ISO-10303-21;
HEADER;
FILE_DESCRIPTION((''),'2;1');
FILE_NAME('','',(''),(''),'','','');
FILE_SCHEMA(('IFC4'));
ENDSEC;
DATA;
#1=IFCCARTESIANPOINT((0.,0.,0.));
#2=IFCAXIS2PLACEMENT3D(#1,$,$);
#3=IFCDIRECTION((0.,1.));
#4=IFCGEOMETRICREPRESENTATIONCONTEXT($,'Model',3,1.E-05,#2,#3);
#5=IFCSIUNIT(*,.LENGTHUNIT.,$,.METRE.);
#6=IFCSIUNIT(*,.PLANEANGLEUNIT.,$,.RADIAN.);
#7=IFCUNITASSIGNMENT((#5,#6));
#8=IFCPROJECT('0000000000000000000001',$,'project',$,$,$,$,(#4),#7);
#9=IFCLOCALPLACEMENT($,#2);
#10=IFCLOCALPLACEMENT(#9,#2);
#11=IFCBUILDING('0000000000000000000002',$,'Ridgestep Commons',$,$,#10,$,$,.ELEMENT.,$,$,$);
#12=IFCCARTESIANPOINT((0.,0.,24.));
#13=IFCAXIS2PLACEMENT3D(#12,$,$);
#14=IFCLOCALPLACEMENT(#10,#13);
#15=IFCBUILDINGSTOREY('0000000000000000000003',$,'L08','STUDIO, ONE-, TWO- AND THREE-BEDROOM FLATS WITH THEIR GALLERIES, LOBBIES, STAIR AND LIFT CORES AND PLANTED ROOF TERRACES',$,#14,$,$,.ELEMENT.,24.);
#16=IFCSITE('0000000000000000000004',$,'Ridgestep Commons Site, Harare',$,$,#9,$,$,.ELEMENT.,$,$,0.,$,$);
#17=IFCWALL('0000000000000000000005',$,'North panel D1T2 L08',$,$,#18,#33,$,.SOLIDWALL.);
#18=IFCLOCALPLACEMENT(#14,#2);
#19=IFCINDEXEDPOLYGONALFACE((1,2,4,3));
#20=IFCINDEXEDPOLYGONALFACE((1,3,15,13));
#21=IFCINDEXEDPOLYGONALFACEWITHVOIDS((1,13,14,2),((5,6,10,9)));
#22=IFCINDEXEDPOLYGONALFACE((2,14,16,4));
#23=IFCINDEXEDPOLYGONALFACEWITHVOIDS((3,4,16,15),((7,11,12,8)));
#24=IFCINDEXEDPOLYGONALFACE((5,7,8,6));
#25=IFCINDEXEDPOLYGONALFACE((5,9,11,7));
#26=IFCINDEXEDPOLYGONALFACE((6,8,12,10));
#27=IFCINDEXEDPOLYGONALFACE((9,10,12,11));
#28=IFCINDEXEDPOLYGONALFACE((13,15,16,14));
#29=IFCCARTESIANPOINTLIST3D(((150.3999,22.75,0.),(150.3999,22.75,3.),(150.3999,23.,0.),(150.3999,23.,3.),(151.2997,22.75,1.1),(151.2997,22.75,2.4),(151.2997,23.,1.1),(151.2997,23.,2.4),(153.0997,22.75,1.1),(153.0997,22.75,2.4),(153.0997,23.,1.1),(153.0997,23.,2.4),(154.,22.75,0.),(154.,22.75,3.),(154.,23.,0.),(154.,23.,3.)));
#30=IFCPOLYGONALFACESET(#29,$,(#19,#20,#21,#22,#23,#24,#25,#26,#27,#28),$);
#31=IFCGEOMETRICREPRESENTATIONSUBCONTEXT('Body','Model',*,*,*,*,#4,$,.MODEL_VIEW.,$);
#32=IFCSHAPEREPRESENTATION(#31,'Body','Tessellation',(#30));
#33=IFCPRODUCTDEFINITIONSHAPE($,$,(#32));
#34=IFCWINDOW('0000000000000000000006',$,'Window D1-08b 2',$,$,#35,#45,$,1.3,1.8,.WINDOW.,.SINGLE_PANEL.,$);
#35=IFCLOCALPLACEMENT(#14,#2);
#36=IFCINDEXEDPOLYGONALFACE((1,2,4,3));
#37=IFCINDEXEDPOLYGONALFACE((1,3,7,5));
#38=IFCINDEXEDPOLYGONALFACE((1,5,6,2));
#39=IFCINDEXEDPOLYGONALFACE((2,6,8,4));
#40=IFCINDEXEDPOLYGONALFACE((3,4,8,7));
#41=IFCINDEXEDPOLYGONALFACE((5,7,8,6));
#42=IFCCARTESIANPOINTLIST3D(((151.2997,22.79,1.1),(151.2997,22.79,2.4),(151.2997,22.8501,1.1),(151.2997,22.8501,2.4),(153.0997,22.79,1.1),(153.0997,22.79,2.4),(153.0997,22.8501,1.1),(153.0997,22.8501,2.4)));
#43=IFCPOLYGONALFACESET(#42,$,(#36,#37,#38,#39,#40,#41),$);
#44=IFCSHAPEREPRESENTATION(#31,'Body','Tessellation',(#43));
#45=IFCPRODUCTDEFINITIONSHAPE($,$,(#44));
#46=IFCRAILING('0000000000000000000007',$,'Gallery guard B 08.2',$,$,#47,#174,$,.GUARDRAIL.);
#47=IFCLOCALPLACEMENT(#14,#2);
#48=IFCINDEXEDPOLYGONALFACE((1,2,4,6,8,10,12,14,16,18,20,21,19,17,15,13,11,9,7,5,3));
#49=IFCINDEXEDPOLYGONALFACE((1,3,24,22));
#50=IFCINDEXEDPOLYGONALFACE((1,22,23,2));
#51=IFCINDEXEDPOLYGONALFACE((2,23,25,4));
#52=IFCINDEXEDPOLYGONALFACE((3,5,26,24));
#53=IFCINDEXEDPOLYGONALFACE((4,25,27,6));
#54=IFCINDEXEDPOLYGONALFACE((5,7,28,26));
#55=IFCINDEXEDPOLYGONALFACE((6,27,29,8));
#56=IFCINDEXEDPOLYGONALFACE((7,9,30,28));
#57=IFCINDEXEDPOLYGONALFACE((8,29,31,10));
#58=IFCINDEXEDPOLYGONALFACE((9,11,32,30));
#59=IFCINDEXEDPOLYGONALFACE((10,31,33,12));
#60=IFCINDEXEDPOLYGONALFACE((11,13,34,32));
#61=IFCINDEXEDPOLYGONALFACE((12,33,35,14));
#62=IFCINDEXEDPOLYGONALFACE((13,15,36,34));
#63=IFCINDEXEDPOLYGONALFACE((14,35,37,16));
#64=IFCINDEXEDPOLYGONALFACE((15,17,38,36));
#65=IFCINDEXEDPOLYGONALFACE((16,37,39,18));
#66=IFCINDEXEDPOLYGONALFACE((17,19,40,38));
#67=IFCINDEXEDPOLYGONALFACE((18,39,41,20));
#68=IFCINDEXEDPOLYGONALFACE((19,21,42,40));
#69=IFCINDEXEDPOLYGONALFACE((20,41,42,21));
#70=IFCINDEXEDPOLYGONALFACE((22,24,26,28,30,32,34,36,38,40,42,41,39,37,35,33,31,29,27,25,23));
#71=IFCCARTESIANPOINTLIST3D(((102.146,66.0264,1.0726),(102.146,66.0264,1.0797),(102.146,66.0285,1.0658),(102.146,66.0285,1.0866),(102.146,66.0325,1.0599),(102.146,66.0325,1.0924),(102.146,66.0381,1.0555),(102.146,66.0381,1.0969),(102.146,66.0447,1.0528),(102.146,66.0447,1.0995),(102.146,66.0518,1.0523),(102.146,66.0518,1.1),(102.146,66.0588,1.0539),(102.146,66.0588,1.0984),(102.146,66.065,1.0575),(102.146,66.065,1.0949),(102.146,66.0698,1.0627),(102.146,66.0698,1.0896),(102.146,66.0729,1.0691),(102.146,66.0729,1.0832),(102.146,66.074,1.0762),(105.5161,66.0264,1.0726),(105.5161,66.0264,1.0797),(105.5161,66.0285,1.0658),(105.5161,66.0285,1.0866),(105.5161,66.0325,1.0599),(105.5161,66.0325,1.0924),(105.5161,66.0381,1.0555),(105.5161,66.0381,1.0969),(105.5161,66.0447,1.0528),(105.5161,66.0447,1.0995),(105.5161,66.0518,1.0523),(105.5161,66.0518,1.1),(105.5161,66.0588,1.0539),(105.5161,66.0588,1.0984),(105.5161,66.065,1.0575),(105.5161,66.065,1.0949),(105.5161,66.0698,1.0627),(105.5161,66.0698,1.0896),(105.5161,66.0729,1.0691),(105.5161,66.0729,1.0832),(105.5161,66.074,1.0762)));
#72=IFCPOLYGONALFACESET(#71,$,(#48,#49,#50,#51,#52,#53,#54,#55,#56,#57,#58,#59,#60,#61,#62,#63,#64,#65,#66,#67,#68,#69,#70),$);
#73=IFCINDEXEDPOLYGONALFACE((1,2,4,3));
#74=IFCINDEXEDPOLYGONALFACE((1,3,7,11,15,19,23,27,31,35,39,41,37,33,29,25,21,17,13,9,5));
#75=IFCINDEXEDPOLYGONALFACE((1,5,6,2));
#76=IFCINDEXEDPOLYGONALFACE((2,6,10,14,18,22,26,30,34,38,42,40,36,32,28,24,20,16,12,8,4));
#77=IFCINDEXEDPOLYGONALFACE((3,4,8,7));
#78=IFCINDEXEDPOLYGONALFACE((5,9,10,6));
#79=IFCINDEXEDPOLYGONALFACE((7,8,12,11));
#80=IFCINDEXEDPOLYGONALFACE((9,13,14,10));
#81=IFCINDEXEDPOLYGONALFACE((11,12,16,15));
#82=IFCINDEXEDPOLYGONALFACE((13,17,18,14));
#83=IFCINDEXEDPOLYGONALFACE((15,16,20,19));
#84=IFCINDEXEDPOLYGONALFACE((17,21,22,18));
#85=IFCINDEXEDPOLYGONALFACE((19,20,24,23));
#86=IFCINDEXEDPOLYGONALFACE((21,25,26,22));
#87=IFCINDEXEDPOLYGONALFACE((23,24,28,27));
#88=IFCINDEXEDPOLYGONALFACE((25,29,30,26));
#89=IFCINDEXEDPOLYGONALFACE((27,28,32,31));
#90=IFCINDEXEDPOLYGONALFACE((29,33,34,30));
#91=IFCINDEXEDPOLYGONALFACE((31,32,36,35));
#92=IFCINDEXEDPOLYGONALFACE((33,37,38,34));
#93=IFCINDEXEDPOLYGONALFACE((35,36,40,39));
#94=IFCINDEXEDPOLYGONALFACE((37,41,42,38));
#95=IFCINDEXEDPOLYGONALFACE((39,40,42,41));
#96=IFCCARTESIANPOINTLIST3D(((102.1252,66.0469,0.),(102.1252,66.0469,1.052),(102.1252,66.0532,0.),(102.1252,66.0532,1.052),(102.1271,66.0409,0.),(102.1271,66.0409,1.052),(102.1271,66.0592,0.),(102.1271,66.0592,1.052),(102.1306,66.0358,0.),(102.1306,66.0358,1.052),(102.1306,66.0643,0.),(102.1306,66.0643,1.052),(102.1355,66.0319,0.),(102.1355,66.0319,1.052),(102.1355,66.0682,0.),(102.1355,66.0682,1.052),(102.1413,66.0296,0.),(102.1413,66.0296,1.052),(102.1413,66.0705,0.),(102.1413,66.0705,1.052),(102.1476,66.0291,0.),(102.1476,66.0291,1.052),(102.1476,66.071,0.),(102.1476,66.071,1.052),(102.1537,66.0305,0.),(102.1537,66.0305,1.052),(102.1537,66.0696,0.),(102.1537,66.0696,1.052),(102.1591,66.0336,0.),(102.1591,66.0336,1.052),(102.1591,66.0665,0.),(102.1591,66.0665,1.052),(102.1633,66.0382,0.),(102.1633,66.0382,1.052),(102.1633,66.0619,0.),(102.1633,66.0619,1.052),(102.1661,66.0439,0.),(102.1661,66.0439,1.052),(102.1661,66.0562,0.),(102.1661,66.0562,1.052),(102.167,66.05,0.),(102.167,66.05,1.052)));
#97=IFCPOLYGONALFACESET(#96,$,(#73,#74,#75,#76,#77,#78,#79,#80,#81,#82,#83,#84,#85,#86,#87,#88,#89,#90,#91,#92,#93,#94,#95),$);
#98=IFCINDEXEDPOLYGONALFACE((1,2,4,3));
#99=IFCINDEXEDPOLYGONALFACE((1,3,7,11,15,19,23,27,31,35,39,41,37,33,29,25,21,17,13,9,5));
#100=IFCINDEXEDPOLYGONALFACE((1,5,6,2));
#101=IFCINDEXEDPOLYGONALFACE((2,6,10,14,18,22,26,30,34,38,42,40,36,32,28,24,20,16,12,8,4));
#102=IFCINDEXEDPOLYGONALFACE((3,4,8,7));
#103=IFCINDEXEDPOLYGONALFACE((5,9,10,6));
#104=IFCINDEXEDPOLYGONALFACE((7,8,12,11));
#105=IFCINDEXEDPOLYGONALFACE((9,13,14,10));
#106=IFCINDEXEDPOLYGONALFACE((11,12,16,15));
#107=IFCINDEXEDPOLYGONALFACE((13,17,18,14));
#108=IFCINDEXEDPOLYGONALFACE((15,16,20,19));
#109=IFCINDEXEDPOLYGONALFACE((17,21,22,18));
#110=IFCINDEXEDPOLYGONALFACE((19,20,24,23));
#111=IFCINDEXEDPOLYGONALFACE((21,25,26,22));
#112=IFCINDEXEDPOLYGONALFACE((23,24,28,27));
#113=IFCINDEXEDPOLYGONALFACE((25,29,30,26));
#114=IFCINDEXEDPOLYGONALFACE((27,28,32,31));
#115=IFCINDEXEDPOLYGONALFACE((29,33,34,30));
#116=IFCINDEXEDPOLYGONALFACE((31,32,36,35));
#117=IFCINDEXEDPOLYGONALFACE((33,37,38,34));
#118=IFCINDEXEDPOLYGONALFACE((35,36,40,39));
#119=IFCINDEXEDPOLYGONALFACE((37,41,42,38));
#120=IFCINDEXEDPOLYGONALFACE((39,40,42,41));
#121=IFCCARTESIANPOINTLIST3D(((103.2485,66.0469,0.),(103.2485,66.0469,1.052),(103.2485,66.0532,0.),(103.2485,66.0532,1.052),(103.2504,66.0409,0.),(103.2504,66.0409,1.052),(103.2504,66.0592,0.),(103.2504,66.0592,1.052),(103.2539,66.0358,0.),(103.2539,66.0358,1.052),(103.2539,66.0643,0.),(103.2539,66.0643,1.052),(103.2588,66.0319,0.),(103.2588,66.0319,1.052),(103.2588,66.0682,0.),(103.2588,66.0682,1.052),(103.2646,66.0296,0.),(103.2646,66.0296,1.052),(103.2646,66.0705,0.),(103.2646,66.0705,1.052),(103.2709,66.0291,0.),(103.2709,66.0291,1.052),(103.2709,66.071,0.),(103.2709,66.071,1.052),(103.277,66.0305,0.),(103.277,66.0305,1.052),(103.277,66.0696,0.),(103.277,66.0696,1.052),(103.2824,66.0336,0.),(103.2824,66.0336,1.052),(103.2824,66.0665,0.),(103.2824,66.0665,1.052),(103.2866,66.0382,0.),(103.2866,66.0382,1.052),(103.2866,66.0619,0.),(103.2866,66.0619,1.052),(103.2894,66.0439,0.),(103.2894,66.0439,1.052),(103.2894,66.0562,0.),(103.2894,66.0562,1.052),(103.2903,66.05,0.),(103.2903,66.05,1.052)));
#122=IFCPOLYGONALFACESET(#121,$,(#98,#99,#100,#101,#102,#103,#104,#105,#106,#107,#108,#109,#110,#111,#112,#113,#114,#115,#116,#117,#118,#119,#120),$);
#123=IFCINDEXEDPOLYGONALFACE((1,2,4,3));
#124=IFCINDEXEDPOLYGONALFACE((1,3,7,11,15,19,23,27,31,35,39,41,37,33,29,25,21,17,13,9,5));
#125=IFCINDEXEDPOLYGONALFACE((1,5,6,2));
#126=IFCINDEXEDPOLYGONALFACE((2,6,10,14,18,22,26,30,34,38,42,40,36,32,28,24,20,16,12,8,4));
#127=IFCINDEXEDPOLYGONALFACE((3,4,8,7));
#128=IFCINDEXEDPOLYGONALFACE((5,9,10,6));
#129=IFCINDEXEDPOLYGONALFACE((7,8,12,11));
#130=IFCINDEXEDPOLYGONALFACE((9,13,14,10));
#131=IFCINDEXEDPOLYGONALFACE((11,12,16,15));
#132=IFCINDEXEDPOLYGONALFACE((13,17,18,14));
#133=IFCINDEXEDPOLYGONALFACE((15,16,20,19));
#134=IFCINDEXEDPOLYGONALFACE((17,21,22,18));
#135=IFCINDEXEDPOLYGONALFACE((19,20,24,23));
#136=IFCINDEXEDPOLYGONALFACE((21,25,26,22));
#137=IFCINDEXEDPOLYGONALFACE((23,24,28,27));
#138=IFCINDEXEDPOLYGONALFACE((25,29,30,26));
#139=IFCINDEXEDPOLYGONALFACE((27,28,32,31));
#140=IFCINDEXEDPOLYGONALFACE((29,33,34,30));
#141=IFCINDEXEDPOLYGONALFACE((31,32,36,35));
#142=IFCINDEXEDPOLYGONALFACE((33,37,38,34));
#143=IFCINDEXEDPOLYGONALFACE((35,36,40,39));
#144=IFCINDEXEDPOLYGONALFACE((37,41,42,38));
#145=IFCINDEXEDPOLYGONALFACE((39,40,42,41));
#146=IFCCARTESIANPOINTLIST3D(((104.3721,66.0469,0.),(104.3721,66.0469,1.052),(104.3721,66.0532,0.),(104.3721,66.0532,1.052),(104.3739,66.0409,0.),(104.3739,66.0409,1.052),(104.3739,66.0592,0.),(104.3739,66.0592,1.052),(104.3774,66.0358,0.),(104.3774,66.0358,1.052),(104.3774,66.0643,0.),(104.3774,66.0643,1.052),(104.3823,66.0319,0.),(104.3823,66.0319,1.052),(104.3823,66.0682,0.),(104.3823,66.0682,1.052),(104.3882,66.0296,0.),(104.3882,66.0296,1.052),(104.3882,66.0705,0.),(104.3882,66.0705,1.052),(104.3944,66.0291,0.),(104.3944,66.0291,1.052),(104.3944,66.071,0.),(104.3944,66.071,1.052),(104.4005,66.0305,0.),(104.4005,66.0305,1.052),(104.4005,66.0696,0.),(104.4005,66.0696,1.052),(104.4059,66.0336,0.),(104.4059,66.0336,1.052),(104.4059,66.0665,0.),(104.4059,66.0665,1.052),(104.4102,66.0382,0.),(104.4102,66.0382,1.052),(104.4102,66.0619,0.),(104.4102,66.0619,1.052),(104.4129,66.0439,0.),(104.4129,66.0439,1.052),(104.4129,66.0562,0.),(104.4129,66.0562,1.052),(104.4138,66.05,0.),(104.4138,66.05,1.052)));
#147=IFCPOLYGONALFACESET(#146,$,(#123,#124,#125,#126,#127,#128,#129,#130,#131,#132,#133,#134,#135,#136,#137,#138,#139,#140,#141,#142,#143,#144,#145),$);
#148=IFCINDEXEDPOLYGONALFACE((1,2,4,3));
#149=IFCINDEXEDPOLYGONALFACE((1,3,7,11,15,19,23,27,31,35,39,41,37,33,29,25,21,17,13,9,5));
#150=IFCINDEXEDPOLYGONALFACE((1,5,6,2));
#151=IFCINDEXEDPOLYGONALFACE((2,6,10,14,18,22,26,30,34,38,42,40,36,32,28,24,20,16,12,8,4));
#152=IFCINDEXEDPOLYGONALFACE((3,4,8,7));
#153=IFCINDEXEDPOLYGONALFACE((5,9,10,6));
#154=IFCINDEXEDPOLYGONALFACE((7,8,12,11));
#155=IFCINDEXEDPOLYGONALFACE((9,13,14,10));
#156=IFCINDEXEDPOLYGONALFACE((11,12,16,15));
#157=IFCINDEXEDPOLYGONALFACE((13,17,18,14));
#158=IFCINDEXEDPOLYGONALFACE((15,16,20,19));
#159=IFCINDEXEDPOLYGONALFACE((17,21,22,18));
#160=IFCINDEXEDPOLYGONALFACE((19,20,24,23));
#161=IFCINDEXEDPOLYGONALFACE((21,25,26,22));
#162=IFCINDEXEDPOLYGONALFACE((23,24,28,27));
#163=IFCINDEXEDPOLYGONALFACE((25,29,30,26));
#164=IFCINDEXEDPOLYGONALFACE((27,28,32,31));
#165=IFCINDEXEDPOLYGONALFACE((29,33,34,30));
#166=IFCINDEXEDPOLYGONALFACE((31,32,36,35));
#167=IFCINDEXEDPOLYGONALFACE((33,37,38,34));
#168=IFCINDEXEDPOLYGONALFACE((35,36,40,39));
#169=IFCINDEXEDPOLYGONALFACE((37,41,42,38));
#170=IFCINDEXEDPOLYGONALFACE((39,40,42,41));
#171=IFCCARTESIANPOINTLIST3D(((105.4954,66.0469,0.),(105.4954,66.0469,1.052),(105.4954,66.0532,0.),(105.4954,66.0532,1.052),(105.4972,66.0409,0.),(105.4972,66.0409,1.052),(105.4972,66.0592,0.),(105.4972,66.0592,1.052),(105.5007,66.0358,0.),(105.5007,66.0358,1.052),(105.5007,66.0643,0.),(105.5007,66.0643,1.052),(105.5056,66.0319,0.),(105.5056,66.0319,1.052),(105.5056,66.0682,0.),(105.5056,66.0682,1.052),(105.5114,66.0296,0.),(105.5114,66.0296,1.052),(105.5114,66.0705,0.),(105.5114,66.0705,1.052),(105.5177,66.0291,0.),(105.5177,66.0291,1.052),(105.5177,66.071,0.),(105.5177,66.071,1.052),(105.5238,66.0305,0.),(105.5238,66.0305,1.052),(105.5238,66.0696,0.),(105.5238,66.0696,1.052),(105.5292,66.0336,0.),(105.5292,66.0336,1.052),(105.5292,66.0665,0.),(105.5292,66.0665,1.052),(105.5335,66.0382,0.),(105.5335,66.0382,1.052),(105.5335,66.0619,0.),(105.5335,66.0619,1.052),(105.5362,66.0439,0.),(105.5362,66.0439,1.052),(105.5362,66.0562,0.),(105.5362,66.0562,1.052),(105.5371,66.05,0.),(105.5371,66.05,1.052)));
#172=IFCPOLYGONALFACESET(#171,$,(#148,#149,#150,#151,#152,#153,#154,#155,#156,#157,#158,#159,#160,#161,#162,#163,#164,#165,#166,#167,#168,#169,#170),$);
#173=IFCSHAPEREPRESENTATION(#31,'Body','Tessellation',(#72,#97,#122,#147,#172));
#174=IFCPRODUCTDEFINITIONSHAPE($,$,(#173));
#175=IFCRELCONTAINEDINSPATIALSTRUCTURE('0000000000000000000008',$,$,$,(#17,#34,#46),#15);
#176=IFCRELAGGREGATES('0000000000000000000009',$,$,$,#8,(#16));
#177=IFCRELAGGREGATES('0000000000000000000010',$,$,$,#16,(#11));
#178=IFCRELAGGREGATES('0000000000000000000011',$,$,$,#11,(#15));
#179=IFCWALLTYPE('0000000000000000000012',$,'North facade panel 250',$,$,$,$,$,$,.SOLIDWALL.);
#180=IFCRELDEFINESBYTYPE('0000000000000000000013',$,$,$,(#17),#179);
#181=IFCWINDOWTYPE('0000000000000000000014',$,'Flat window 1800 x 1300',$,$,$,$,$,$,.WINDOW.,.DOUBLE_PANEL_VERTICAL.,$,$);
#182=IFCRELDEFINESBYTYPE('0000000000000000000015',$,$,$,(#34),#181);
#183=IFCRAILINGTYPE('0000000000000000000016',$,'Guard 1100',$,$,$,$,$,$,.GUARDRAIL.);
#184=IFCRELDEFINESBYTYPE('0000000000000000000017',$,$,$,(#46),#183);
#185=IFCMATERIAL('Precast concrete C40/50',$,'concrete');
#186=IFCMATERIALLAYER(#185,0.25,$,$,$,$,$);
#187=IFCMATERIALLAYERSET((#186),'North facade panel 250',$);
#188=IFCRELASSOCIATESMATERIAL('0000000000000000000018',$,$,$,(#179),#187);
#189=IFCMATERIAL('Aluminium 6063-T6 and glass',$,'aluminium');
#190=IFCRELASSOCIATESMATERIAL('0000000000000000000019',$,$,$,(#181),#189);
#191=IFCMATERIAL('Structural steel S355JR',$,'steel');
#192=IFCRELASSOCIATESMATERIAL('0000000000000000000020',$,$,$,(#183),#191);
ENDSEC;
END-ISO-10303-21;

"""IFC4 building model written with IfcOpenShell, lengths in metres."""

from ifc_helpers import new_model, si_unit, direction, frame, frame_2d, origin, origin_2d, place, context, subcontext, project, spatial, rectangle, circle, extrude, material, layer, layer_set, type_object, element, fill, save


model = new_model("IFC4")

# Units and contexts
model_context = context("Model", 3, precision=1e-05, world=origin(), true_north=direction((0.0, 1.0)))
body_context = subcontext(model_context, "Body", "Model", "MODEL_VIEW")
ifc_project = project(units=[si_unit("LENGTHUNIT", "METRE"), si_unit("PLANEANGLEUNIT", "RADIAN")], contexts=[model_context])

# Site, building, storey
site_placement = place(None, origin())
site = spatial("IfcSite", under=ifc_project, at=site_placement, Name="Ridgestep Commons Site, Harare", CompositionType="ELEMENT", RefElevation=0.0)
building_placement = place(site_placement, origin())
building = spatial("IfcBuilding", under=site, at=building_placement, Name="Ridgestep Commons", CompositionType="ELEMENT")
storey_placement = place(building_placement, frame((0.0, 0.0, 24.0)))
storey = spatial("IfcBuildingStorey", under=building, at=storey_placement, Name="L08", Description="STUDIO, ONE-, TWO- AND THREE-BEDROOM FLATS WITH THEIR GALLERIES, LOBBIES, STAIR AND LIFT CORES AND PLANTED ROOF TERRACES", CompositionType="ELEMENT", Elevation=24.0)

# Shared definitions
ifc_material_1 = material(Name="Precast concrete C40/50", Category="concrete")
ifc_layer = layer(ifc_material_1, 0.25)
ifc_layer_set = layer_set([ifc_layer], Name="North facade panel 250")
wall_type = type_object("IfcWallType", Name="North facade panel 250", PredefinedType="SOLIDWALL", material=ifc_layer_set)

# Wall, opening, window
ifc_material_2 = material(Name="Aluminium 6063-T6 and glass", Category="aluminium")
window_type_1 = type_object("IfcWindowType", Name="Flat window 1800 x 1300", PartitioningType="DOUBLE_PANEL_VERTICAL", PredefinedType="WINDOW", material=ifc_material_2)
wall_1_placement = place(storey_placement, frame((150.3999, 22.875, 0.0), z_axis=(0.0, 0.0, 1.0), x_axis=(1.0, 0.0, 0.0)))
wall_1 = element("IfcWall", 1, at=wall_1_placement, inside=storey, type_object=wall_type, Name="North panel D1T2 L08", PredefinedType="SOLIDWALL", context=body_context, shape_type="SweptSolid", body=[
    extrude(rectangle(XDim=3.6001, YDim=0.25, at=frame_2d((1.8, 0.0))), origin(), (0.0, 0.0, 1.0), 3.0),
])
opening_1_placement = place(wall_1_placement, frame((0.8999, 0.0, 1.1001)))
opening_1 = element("IfcOpeningElement", 2, at=opening_1_placement, cuts=wall_1, PredefinedType="OPENING", context=body_context, shape_type="SweptSolid", body=[
    extrude(rectangle(XDim=1.8, YDim=1.3, at=frame_2d((0.8999, 0.6499))), frame((0.0, 0.135, 0.0), z_axis=(0.0, -1.0, 0.0), x_axis=(1.0, 0.0, 0.0)), (0.0, 0.0, 1.0), 0.27),
])
window_1_placement = place(opening_1_placement, origin())
window_1 = element("IfcWindow", 3, at=window_1_placement, inside=storey, type_object=window_type_1, Name="Window D1-08b 2", OverallHeight=1.3, OverallWidth=1.8, PartitioningType="SINGLE_PANEL", PredefinedType="WINDOW", context=body_context, shape_type="SweptSolid", body=[
    extrude(rectangle(XDim=1.8, YDim=1.3, at=frame_2d((0.8999, 0.6499))), frame((0.0, -0.0249, 0.0), z_axis=(0.0, -1.0, 0.0), x_axis=(1.0, 0.0, 0.0)), (0.0, 0.0, 1.0), 0.0601),
])
fill(opening_1, window_1)

# Railing
ifc_material_3 = material(Name="Structural steel S355JR", Category="steel")
railing_type_1 = type_object("IfcRailingType", Name="Guard 1100", PredefinedType="GUARDRAIL", material=ifc_material_3)
railing_1_placement = place(storey_placement, frame((102.146, 66.05, 0.0)))
element("IfcRailing", 4, at=railing_1_placement, inside=storey, type_object=railing_type_1, Name="Gallery guard B 08.2", PredefinedType="GUARDRAIL", context=body_context, shape_type="SweptSolid", body=[
    extrude(circle(Radius=0.0239, at=origin_2d()), frame((0.0, 0.0, 1.0762), z_axis=(1.0, 0.0, 0.0), x_axis=(0.0, 1.0, 0.0)), (0.0, 0.0, 1.0), 3.3701),
    extrude(circle(Radius=0.021, at=origin_2d()), origin(), (0.0, 0.0, 1.0), 1.052),
    extrude(circle(Radius=0.021, at=origin_2d()), frame((1.1233, 0.0, 0.0)), (0.0, 0.0, 1.0), 1.052),
    extrude(circle(Radius=0.021, at=origin_2d()), frame((2.2468, 0.0, 0.0)), (0.0, 0.0, 1.0), 1.052),
    extrude(circle(Radius=0.021, at=origin_2d()), frame((3.3701, 0.0, 0.0)), (0.0, 0.0, 1.0), 1.052),
])

save(model, "model.ifc")
